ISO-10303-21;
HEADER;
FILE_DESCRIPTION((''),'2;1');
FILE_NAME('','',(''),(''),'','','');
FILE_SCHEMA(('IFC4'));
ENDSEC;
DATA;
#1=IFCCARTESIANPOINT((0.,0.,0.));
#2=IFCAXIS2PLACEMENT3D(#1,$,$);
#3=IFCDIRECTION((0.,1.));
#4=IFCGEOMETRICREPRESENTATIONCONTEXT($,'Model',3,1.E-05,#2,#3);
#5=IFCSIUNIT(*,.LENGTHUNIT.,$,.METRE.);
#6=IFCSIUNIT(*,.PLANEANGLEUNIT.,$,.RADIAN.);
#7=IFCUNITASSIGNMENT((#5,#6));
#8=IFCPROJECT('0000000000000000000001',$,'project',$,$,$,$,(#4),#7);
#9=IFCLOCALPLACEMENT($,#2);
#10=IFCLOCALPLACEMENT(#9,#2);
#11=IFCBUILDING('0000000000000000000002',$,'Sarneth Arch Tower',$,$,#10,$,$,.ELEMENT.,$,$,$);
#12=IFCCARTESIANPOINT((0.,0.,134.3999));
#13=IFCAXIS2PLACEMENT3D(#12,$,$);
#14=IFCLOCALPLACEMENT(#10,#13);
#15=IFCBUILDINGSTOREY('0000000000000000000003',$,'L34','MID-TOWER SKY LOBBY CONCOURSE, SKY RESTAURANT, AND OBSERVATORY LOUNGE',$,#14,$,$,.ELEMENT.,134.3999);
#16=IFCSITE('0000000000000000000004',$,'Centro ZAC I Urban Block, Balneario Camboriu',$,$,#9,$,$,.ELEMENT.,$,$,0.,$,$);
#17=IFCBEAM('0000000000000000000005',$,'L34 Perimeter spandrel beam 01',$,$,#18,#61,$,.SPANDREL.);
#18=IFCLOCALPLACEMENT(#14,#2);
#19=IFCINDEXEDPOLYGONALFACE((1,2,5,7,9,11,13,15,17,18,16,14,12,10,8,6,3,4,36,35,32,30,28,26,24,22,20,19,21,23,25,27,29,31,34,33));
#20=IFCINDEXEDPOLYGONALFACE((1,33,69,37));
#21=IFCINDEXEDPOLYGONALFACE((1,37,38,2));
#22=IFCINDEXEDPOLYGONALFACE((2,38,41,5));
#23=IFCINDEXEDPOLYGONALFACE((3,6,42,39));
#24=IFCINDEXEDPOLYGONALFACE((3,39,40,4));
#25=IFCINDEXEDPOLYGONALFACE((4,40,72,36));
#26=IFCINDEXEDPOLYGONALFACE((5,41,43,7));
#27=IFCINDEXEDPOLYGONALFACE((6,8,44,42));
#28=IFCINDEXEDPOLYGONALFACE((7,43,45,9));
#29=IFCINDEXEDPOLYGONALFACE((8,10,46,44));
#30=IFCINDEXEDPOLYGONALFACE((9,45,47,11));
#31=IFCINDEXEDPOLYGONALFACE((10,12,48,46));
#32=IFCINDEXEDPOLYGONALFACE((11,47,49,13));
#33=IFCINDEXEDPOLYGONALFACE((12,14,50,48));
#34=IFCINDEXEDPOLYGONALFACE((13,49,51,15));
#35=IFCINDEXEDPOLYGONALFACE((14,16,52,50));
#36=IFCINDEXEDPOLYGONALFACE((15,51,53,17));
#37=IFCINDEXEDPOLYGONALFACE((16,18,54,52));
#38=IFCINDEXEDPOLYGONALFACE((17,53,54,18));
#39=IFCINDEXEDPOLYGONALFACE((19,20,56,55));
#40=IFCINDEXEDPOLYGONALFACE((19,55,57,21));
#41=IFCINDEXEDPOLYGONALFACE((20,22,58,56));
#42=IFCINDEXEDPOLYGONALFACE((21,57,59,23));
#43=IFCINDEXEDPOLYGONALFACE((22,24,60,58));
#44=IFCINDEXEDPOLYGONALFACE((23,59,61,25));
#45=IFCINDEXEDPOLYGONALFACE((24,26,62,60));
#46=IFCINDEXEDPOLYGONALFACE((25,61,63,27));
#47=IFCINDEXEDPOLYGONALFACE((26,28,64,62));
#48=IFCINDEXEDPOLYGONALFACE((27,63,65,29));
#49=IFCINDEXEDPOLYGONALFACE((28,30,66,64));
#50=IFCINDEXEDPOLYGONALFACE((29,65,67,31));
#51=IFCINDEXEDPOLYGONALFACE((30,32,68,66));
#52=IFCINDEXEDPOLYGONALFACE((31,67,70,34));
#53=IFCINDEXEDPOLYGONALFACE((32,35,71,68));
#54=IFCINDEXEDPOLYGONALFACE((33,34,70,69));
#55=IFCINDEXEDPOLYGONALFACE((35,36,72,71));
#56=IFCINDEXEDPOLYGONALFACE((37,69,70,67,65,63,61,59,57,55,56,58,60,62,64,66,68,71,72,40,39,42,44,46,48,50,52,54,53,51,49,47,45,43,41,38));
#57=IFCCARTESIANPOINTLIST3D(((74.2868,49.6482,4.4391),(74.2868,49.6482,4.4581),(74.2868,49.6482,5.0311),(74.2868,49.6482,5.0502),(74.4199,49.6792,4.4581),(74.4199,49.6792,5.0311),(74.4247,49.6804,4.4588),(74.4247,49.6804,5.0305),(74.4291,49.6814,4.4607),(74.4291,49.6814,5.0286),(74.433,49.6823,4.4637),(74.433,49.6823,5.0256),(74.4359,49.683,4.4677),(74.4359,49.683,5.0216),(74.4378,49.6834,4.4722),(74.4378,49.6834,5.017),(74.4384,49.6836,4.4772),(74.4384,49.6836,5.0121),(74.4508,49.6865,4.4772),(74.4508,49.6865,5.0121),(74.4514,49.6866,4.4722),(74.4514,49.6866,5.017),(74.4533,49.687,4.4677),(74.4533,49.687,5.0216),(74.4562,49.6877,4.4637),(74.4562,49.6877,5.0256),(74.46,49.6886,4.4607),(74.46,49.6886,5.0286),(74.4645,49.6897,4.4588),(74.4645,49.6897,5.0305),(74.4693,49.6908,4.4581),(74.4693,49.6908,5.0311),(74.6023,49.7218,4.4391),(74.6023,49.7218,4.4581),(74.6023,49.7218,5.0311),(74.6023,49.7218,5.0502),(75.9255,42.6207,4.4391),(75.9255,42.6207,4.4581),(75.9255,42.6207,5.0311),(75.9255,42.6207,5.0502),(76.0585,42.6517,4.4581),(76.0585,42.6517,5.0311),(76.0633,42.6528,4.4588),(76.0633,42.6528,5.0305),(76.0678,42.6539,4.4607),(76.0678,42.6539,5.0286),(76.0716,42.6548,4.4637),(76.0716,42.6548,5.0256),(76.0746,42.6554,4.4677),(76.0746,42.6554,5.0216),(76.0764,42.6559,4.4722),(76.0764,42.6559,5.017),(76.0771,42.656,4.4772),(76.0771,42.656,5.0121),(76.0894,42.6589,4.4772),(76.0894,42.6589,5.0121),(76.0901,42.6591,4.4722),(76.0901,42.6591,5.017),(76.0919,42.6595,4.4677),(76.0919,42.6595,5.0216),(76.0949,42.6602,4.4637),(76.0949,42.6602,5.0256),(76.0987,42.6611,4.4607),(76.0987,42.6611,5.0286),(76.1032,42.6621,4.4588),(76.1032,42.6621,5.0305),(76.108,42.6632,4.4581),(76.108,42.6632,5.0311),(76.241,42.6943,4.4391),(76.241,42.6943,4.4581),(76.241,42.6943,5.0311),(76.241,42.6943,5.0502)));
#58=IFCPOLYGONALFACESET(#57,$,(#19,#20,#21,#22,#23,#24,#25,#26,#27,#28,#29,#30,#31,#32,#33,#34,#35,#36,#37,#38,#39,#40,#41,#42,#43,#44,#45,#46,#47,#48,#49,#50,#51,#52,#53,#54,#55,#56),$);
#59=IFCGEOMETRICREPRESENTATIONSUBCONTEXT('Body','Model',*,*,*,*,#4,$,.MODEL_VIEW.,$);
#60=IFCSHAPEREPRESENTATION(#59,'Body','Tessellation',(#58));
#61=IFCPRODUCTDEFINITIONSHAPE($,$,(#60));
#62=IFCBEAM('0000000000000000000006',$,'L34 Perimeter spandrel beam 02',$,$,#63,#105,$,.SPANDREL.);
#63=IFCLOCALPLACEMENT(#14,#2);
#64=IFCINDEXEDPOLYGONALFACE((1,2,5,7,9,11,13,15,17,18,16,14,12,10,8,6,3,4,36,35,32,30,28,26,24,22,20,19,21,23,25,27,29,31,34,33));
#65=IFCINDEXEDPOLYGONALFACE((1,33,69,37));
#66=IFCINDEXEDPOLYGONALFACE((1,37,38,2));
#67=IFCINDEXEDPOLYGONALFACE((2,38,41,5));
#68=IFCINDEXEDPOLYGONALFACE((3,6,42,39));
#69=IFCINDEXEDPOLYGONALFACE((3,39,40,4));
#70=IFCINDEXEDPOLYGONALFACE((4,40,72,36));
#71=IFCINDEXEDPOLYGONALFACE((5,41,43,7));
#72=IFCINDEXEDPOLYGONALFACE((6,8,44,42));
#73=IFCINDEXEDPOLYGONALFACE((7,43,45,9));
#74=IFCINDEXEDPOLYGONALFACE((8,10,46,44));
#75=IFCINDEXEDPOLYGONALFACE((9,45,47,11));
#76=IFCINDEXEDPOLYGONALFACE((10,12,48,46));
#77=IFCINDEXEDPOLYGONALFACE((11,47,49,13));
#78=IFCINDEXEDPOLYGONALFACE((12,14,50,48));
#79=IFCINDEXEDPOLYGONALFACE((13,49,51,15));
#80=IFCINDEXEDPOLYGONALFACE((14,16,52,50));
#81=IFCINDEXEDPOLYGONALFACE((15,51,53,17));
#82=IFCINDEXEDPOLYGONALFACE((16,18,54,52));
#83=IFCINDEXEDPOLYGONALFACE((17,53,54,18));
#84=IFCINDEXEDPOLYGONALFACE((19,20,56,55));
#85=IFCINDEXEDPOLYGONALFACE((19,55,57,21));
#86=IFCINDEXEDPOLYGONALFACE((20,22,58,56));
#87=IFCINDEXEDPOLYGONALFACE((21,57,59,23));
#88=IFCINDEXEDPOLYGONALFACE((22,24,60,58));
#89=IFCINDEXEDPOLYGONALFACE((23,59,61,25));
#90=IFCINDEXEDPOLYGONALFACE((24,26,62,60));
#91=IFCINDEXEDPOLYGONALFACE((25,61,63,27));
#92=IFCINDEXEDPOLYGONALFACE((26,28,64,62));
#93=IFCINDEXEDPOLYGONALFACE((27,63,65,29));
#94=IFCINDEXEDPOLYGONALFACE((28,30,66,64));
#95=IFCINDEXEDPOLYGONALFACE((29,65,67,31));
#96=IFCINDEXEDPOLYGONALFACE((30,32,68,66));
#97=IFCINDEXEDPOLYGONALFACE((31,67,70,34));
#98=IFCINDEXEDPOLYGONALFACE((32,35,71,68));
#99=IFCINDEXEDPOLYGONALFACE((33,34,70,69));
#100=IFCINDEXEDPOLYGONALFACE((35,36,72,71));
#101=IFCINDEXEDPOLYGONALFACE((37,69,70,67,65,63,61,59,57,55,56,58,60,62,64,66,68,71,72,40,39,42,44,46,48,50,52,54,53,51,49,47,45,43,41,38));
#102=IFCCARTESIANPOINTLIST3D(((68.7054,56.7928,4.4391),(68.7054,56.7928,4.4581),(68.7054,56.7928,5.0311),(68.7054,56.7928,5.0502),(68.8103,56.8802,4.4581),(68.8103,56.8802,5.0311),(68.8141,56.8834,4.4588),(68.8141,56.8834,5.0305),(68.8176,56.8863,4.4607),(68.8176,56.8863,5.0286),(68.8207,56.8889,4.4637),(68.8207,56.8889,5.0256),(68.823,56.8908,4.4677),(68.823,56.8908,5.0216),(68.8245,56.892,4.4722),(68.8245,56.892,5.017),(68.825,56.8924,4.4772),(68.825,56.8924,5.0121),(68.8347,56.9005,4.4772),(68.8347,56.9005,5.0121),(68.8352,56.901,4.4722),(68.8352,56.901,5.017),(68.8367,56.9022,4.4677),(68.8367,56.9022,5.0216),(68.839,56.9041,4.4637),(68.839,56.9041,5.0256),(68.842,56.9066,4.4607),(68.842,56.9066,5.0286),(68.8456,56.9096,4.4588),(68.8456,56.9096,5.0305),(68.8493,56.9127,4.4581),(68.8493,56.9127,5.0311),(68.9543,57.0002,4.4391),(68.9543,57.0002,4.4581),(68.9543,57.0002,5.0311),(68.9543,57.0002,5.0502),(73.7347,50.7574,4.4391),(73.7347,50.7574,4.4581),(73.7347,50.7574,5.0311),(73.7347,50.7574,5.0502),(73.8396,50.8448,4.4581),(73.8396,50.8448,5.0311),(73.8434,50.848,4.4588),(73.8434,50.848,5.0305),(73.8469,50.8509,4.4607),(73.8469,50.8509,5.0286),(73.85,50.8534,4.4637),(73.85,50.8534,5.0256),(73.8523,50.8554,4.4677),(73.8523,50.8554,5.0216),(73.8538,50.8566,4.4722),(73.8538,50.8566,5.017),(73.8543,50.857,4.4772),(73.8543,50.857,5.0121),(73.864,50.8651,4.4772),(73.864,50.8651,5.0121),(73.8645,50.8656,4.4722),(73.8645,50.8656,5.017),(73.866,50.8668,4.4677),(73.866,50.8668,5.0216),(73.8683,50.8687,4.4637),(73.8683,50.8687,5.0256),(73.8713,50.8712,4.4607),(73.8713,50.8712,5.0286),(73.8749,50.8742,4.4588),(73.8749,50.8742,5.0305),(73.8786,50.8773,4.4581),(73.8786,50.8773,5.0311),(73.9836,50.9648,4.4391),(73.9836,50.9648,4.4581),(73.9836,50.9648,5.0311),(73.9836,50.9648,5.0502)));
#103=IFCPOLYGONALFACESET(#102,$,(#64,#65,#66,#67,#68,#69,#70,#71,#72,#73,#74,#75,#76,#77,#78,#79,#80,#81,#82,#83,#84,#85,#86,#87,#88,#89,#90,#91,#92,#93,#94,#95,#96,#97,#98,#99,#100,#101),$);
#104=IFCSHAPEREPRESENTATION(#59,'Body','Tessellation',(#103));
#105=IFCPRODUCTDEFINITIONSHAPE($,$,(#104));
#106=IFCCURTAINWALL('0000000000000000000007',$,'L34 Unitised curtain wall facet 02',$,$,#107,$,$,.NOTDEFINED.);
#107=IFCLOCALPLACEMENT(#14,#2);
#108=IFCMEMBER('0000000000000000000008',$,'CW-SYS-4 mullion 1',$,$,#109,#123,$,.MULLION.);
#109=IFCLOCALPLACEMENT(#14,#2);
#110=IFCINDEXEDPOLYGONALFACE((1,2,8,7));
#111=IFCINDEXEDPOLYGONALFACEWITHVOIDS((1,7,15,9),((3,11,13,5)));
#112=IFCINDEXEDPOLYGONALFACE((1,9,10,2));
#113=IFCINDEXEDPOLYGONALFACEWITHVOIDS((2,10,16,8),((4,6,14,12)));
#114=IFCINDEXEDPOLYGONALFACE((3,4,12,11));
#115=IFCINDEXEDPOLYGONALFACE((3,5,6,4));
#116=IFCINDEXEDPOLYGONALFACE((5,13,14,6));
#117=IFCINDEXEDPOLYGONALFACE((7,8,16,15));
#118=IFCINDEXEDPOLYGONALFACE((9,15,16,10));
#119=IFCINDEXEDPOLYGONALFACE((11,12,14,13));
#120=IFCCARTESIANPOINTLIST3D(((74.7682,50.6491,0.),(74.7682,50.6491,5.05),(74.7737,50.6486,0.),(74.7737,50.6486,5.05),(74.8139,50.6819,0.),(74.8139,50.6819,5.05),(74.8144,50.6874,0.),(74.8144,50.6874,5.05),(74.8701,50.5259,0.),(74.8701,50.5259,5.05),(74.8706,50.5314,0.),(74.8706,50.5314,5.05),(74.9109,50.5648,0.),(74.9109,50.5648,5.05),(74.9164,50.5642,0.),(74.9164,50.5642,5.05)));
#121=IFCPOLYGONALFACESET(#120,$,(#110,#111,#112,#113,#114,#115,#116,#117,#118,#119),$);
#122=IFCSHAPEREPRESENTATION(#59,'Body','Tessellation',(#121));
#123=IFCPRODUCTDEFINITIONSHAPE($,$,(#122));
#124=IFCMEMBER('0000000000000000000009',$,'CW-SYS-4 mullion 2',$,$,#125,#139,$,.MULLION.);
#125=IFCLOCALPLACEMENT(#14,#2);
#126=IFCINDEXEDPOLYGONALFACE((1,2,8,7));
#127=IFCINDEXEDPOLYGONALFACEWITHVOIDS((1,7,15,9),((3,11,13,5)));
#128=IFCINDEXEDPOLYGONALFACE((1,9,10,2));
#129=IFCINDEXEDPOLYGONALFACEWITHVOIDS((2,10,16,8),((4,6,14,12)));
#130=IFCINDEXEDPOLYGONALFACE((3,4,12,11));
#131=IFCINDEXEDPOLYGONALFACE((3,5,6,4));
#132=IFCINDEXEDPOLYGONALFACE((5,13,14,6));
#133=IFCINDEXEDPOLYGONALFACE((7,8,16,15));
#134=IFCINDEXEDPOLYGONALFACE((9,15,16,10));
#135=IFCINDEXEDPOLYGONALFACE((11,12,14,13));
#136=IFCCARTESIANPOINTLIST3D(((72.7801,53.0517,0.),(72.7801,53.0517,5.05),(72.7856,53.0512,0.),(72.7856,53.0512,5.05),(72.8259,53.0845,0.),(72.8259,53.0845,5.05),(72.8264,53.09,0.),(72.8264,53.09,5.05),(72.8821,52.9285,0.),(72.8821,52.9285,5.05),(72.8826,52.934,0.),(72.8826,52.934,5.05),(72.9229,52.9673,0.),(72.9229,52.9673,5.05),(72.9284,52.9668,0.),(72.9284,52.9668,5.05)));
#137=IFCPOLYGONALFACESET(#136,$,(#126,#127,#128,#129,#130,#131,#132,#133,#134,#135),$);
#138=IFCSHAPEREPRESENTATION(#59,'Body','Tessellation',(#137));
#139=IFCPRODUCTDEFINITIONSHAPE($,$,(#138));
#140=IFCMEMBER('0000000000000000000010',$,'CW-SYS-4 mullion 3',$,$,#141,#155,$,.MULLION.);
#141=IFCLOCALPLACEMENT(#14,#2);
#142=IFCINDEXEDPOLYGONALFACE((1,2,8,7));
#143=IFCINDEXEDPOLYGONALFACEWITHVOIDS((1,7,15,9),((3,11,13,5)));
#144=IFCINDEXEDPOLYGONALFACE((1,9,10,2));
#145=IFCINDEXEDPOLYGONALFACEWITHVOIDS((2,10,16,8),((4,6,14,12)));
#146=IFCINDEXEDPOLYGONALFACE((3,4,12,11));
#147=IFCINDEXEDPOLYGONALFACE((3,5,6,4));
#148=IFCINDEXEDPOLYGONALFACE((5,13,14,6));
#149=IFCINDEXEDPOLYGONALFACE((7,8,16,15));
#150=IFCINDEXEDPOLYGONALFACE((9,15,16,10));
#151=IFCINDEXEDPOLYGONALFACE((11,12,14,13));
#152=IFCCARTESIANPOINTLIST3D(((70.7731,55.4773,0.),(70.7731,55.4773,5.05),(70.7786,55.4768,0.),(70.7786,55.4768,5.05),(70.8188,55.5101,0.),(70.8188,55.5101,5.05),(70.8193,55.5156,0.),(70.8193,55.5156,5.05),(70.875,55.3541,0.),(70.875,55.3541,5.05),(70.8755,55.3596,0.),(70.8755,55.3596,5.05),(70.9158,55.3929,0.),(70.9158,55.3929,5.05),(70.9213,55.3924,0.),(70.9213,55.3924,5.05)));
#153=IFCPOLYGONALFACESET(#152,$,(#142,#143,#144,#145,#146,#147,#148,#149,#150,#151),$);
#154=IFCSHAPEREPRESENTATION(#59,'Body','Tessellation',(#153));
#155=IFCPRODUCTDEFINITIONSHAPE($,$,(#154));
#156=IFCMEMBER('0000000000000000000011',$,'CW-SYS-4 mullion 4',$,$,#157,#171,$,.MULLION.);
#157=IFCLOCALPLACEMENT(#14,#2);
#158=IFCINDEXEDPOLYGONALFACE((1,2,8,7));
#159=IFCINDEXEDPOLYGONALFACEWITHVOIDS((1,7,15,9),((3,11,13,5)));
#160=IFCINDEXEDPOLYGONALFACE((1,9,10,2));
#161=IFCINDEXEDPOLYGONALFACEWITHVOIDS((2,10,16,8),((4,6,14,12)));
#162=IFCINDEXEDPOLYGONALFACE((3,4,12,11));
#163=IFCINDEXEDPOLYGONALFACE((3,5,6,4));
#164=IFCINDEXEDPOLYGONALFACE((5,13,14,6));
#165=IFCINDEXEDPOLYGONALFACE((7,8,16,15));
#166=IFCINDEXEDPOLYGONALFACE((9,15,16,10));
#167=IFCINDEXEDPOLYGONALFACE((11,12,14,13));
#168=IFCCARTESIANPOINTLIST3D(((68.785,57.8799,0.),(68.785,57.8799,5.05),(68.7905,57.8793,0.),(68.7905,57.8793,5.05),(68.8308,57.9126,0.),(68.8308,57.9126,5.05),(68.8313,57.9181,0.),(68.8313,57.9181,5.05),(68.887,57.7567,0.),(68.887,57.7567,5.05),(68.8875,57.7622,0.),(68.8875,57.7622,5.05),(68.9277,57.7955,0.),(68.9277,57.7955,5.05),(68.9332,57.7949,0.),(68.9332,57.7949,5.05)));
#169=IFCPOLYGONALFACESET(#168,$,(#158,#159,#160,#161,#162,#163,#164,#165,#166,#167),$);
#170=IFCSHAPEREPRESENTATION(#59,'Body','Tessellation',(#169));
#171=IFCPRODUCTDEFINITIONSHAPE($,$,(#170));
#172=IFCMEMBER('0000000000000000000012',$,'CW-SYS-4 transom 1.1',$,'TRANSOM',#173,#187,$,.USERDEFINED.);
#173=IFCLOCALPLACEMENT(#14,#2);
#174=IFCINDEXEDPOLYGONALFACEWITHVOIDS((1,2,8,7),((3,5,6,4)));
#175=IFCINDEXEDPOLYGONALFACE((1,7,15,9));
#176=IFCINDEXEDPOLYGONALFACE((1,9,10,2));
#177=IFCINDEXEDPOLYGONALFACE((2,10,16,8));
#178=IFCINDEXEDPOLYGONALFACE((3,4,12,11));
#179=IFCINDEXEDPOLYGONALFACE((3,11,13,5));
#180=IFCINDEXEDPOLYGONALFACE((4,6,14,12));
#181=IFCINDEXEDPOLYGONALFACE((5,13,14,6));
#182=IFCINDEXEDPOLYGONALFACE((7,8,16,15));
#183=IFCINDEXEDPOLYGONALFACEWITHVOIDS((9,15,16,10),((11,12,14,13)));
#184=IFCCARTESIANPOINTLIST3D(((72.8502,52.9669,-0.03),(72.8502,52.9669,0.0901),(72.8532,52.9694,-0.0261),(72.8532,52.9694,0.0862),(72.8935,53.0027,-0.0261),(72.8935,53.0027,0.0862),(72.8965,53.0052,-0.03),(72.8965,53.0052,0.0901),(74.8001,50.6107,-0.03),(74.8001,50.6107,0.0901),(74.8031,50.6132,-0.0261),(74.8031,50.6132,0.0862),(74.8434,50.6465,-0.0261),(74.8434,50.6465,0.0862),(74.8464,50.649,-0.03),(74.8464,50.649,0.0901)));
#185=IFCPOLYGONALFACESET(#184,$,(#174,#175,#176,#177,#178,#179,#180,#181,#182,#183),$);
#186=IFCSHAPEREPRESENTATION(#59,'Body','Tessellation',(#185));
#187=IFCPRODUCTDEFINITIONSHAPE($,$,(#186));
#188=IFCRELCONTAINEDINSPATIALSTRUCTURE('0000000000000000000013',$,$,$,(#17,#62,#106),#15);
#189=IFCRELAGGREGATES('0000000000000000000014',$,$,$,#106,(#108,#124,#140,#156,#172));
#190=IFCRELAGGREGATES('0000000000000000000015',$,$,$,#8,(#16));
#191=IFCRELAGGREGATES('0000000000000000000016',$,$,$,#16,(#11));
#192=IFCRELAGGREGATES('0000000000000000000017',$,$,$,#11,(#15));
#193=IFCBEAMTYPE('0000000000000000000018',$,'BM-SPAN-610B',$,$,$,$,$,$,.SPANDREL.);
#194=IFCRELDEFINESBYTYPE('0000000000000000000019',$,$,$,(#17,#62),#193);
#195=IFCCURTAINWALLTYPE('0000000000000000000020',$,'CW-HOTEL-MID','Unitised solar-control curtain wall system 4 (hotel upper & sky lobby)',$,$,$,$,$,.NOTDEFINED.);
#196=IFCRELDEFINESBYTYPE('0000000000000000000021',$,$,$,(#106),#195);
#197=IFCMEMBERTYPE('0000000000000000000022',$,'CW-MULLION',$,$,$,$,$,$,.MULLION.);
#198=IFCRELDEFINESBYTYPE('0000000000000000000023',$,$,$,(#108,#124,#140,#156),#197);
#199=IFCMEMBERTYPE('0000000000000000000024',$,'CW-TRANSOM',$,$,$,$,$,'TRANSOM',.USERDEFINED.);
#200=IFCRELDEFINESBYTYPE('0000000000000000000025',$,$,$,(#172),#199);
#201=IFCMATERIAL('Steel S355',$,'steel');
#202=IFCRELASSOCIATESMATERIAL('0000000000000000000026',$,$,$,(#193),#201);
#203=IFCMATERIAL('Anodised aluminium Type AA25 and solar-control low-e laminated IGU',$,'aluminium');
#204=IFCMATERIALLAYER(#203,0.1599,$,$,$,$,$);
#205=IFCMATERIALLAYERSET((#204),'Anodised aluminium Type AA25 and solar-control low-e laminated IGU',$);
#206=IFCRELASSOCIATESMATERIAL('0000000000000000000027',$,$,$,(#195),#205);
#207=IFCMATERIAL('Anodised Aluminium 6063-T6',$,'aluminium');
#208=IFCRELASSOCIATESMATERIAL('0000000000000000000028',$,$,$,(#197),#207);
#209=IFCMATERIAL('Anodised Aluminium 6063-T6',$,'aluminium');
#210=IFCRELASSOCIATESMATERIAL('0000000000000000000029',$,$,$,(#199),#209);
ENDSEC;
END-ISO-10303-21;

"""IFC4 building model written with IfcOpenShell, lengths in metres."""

from ifc_helpers import new_model, si_unit, direction, frame, origin, origin_2d, place, context, subcontext, project, spatial, hollow_rectangle, i_section, extrude, material, layer, layer_set, material_profile, profile_set, type_object, element, aggregate, save


model = new_model("IFC4")

# Units and contexts
model_context = context("Model", 3, precision=1e-05, world=origin(), true_north=direction((0.0, 1.0)))
body_context = subcontext(model_context, "Body", "Model", "MODEL_VIEW")
ifc_project = project(units=[si_unit("LENGTHUNIT", "METRE"), si_unit("PLANEANGLEUNIT", "RADIAN")], contexts=[model_context])

# Site, building, storey
site_placement = place(None, origin())
site = spatial("IfcSite", under=ifc_project, at=site_placement, Name="Centro ZAC I Urban Block, Balneario Camboriu", CompositionType="ELEMENT", RefElevation=0.0)
building_placement = place(site_placement, origin())
building = spatial("IfcBuilding", under=site, at=building_placement, Name="Sarneth Arch Tower", CompositionType="ELEMENT")
storey_placement = place(building_placement, frame((0.0, 0.0, 134.3999)))
storey = spatial("IfcBuildingStorey", under=building, at=storey_placement, Name="L34", Description="MID-TOWER SKY LOBBY CONCOURSE, SKY RESTAURANT, AND OBSERVATORY LOUNGE", CompositionType="ELEMENT", Elevation=134.3999)

# Beams
ifc_material_1 = material(Name="Steel S355", Category="steel")
ifc_material_profile_1 = material_profile(ifc_material_1, i_section(OverallWidth=0.324, OverallDepth=0.6111, WebThickness=0.0127, FlangeThickness=0.019, FilletRadius=0.019, at=origin_2d()), Name="W610x155")
ifc_profile_set_1 = profile_set([ifc_material_profile_1], Name="Steel S355")
beam_type = type_object("IfcBeamType", Name="BM-SPAN-610B", PredefinedType="SPANDREL", material=ifc_profile_set_1)
beam_1_placement = place(storey_placement, frame((76.0833, 42.6575, 4.7446), z_axis=(-0.227085, 0.973875, 0.0), x_axis=(-0.973875, -0.227085, 0.0)))
element("IfcBeam", 1, at=beam_1_placement, inside=storey, type_object=beam_type, Name="L34 Perimeter spandrel beam 01", PredefinedType="SPANDREL", context=body_context, shape_type="SweptSolid", body=[
    extrude(i_section(OverallWidth=0.324, OverallDepth=0.6111, WebThickness=0.0127, FlangeThickness=0.019, FilletRadius=0.019, at=origin_2d()), origin(), (0.0, 0.0, 1.0), 7.2161),
])
beam_2_placement = place(storey_placement, frame((73.8591, 50.8611, 4.7446), z_axis=(-0.640169, 0.768234, 0.0), x_axis=(-0.768234, -0.640169, 0.0)))
element("IfcBeam", 2, at=beam_2_placement, inside=storey, type_object=beam_type, Name="L34 Perimeter spandrel beam 02", PredefinedType="SPANDREL", context=body_context, shape_type="SweptSolid", body=[
    extrude(i_section(OverallWidth=0.324, OverallDepth=0.6111, WebThickness=0.0127, FlangeThickness=0.019, FilletRadius=0.019, at=origin_2d()), origin(), (0.0, 0.0, 1.0), 7.8562),
])

# Curtain wall, members
ifc_material_2 = material(Name="Anodised aluminium Type AA25 and solar-control low-e laminated IGU", Category="aluminium")
ifc_layer_1 = layer(ifc_material_2, 0.1599)
ifc_layer_set_1 = layer_set([ifc_layer_1], Name="Anodised aluminium Type AA25 and solar-control low-e laminated IGU")
curtain_wall_type = type_object("IfcCurtainWallType", Name="CW-HOTEL-MID", Description="Unitised solar-control curtain wall system 4 (hotel upper & sky lobby)", PredefinedType="NOTDEFINED", material=ifc_layer_set_1)
curtain_wall_placement = place(storey_placement, origin())
curtain_wall = element("IfcCurtainWall", 3, at=curtain_wall_placement, inside=storey, type_object=curtain_wall_type, Name="L34 Unitised curtain wall facet 02", PredefinedType="NOTDEFINED")
ifc_material_3 = material(Name="Anodised Aluminium 6063-T6", Category="aluminium")
ifc_material_profile_2 = material_profile(ifc_material_3, hollow_rectangle(XDim=0.0601, YDim=0.1599, WallThickness=0.0039, at=origin_2d()), Name="AL-MULL-160x60x4")
ifc_profile_set_2 = profile_set([ifc_material_profile_2], Name="Anodised Aluminium 6063-T6")
member_type_1 = type_object("IfcMemberType", Name="CW-MULLION", PredefinedType="MULLION", material=ifc_profile_set_2)
member_1_placement = place(storey_placement, frame((74.8423, 50.6067, 0.0), z_axis=(0.0, 0.0, 1.0), x_axis=(-0.770438, -0.637515, 0.0)))
member_1 = element("IfcMember", 4, at=member_1_placement, type_object=member_type_1, Name="CW-SYS-4 mullion 1", PredefinedType="MULLION", context=body_context, shape_type="SweptSolid", body=[
    extrude(hollow_rectangle(XDim=0.0601, YDim=0.1599, WallThickness=0.0039, at=origin_2d()), origin(), (0.0, 0.0, 1.0), 5.05),
])
member_2_placement = place(storey_placement, frame((72.8542, 53.0093, 0.0), z_axis=(0.0, 0.0, 1.0), x_axis=(-0.770438, -0.637515, 0.0)))
member_2 = element("IfcMember", 5, at=member_2_placement, type_object=member_type_1, Name="CW-SYS-4 mullion 2", PredefinedType="MULLION", context=body_context, shape_type="SweptSolid", body=[
    extrude(hollow_rectangle(XDim=0.0601, YDim=0.1599, WallThickness=0.0039, at=origin_2d()), origin(), (0.0, 0.0, 1.0), 5.05),
])
member_3_placement = place(storey_placement, frame((70.8472, 55.4348, 0.0), z_axis=(0.0, 0.0, 1.0), x_axis=(-0.770438, -0.637515, 0.0)))
member_3 = element("IfcMember", 6, at=member_3_placement, type_object=member_type_1, Name="CW-SYS-4 mullion 3", PredefinedType="MULLION", context=body_context, shape_type="SweptSolid", body=[
    extrude(hollow_rectangle(XDim=0.0601, YDim=0.1599, WallThickness=0.0039, at=origin_2d()), origin(), (0.0, 0.0, 1.0), 5.05),
])
member_4_placement = place(storey_placement, frame((68.8591, 57.8374, 0.0), z_axis=(0.0, 0.0, 1.0), x_axis=(-0.770438, -0.637515, 0.0)))
member_4 = element("IfcMember", 7, at=member_4_placement, type_object=member_type_1, Name="CW-SYS-4 mullion 4", PredefinedType="MULLION", context=body_context, shape_type="SweptSolid", body=[
    extrude(hollow_rectangle(XDim=0.0601, YDim=0.1599, WallThickness=0.0039, at=origin_2d()), origin(), (0.0, 0.0, 1.0), 5.05),
])
ifc_material_4 = material(Name="Anodised Aluminium 6063-T6", Category="aluminium")
ifc_material_profile_3 = material_profile(ifc_material_4, hollow_rectangle(XDim=0.0601, YDim=0.1201, WallThickness=0.0039, at=origin_2d()), Name="AL-TRAN-120x60x4")
ifc_profile_set_3 = profile_set([ifc_material_profile_3], Name="Anodised Aluminium 6063-T6")
member_type_2 = type_object("IfcMemberType", Name="CW-TRANSOM", ElementType="TRANSOM", PredefinedType="USERDEFINED", material=ifc_profile_set_3)
member_5_placement = place(storey_placement, frame((74.8232, 50.6299, 0.03), z_axis=(-0.637566, 0.770396, 0.0), x_axis=(-0.770396, -0.637566, 0.0)))
member_5 = element("IfcMember", 8, at=member_5_placement, type_object=member_type_2, Name="CW-SYS-4 transom 1.1", ObjectType="TRANSOM", PredefinedType="USERDEFINED", context=body_context, shape_type="SweptSolid", body=[
    extrude(hollow_rectangle(XDim=0.0601, YDim=0.1201, WallThickness=0.0039, at=origin_2d()), origin(), (0.0, 0.0, 1.0), 3.0583),
])

aggregate(curtain_wall, [member_1, member_2, member_3, member_4, member_5])

save(model, "model.ifc")
